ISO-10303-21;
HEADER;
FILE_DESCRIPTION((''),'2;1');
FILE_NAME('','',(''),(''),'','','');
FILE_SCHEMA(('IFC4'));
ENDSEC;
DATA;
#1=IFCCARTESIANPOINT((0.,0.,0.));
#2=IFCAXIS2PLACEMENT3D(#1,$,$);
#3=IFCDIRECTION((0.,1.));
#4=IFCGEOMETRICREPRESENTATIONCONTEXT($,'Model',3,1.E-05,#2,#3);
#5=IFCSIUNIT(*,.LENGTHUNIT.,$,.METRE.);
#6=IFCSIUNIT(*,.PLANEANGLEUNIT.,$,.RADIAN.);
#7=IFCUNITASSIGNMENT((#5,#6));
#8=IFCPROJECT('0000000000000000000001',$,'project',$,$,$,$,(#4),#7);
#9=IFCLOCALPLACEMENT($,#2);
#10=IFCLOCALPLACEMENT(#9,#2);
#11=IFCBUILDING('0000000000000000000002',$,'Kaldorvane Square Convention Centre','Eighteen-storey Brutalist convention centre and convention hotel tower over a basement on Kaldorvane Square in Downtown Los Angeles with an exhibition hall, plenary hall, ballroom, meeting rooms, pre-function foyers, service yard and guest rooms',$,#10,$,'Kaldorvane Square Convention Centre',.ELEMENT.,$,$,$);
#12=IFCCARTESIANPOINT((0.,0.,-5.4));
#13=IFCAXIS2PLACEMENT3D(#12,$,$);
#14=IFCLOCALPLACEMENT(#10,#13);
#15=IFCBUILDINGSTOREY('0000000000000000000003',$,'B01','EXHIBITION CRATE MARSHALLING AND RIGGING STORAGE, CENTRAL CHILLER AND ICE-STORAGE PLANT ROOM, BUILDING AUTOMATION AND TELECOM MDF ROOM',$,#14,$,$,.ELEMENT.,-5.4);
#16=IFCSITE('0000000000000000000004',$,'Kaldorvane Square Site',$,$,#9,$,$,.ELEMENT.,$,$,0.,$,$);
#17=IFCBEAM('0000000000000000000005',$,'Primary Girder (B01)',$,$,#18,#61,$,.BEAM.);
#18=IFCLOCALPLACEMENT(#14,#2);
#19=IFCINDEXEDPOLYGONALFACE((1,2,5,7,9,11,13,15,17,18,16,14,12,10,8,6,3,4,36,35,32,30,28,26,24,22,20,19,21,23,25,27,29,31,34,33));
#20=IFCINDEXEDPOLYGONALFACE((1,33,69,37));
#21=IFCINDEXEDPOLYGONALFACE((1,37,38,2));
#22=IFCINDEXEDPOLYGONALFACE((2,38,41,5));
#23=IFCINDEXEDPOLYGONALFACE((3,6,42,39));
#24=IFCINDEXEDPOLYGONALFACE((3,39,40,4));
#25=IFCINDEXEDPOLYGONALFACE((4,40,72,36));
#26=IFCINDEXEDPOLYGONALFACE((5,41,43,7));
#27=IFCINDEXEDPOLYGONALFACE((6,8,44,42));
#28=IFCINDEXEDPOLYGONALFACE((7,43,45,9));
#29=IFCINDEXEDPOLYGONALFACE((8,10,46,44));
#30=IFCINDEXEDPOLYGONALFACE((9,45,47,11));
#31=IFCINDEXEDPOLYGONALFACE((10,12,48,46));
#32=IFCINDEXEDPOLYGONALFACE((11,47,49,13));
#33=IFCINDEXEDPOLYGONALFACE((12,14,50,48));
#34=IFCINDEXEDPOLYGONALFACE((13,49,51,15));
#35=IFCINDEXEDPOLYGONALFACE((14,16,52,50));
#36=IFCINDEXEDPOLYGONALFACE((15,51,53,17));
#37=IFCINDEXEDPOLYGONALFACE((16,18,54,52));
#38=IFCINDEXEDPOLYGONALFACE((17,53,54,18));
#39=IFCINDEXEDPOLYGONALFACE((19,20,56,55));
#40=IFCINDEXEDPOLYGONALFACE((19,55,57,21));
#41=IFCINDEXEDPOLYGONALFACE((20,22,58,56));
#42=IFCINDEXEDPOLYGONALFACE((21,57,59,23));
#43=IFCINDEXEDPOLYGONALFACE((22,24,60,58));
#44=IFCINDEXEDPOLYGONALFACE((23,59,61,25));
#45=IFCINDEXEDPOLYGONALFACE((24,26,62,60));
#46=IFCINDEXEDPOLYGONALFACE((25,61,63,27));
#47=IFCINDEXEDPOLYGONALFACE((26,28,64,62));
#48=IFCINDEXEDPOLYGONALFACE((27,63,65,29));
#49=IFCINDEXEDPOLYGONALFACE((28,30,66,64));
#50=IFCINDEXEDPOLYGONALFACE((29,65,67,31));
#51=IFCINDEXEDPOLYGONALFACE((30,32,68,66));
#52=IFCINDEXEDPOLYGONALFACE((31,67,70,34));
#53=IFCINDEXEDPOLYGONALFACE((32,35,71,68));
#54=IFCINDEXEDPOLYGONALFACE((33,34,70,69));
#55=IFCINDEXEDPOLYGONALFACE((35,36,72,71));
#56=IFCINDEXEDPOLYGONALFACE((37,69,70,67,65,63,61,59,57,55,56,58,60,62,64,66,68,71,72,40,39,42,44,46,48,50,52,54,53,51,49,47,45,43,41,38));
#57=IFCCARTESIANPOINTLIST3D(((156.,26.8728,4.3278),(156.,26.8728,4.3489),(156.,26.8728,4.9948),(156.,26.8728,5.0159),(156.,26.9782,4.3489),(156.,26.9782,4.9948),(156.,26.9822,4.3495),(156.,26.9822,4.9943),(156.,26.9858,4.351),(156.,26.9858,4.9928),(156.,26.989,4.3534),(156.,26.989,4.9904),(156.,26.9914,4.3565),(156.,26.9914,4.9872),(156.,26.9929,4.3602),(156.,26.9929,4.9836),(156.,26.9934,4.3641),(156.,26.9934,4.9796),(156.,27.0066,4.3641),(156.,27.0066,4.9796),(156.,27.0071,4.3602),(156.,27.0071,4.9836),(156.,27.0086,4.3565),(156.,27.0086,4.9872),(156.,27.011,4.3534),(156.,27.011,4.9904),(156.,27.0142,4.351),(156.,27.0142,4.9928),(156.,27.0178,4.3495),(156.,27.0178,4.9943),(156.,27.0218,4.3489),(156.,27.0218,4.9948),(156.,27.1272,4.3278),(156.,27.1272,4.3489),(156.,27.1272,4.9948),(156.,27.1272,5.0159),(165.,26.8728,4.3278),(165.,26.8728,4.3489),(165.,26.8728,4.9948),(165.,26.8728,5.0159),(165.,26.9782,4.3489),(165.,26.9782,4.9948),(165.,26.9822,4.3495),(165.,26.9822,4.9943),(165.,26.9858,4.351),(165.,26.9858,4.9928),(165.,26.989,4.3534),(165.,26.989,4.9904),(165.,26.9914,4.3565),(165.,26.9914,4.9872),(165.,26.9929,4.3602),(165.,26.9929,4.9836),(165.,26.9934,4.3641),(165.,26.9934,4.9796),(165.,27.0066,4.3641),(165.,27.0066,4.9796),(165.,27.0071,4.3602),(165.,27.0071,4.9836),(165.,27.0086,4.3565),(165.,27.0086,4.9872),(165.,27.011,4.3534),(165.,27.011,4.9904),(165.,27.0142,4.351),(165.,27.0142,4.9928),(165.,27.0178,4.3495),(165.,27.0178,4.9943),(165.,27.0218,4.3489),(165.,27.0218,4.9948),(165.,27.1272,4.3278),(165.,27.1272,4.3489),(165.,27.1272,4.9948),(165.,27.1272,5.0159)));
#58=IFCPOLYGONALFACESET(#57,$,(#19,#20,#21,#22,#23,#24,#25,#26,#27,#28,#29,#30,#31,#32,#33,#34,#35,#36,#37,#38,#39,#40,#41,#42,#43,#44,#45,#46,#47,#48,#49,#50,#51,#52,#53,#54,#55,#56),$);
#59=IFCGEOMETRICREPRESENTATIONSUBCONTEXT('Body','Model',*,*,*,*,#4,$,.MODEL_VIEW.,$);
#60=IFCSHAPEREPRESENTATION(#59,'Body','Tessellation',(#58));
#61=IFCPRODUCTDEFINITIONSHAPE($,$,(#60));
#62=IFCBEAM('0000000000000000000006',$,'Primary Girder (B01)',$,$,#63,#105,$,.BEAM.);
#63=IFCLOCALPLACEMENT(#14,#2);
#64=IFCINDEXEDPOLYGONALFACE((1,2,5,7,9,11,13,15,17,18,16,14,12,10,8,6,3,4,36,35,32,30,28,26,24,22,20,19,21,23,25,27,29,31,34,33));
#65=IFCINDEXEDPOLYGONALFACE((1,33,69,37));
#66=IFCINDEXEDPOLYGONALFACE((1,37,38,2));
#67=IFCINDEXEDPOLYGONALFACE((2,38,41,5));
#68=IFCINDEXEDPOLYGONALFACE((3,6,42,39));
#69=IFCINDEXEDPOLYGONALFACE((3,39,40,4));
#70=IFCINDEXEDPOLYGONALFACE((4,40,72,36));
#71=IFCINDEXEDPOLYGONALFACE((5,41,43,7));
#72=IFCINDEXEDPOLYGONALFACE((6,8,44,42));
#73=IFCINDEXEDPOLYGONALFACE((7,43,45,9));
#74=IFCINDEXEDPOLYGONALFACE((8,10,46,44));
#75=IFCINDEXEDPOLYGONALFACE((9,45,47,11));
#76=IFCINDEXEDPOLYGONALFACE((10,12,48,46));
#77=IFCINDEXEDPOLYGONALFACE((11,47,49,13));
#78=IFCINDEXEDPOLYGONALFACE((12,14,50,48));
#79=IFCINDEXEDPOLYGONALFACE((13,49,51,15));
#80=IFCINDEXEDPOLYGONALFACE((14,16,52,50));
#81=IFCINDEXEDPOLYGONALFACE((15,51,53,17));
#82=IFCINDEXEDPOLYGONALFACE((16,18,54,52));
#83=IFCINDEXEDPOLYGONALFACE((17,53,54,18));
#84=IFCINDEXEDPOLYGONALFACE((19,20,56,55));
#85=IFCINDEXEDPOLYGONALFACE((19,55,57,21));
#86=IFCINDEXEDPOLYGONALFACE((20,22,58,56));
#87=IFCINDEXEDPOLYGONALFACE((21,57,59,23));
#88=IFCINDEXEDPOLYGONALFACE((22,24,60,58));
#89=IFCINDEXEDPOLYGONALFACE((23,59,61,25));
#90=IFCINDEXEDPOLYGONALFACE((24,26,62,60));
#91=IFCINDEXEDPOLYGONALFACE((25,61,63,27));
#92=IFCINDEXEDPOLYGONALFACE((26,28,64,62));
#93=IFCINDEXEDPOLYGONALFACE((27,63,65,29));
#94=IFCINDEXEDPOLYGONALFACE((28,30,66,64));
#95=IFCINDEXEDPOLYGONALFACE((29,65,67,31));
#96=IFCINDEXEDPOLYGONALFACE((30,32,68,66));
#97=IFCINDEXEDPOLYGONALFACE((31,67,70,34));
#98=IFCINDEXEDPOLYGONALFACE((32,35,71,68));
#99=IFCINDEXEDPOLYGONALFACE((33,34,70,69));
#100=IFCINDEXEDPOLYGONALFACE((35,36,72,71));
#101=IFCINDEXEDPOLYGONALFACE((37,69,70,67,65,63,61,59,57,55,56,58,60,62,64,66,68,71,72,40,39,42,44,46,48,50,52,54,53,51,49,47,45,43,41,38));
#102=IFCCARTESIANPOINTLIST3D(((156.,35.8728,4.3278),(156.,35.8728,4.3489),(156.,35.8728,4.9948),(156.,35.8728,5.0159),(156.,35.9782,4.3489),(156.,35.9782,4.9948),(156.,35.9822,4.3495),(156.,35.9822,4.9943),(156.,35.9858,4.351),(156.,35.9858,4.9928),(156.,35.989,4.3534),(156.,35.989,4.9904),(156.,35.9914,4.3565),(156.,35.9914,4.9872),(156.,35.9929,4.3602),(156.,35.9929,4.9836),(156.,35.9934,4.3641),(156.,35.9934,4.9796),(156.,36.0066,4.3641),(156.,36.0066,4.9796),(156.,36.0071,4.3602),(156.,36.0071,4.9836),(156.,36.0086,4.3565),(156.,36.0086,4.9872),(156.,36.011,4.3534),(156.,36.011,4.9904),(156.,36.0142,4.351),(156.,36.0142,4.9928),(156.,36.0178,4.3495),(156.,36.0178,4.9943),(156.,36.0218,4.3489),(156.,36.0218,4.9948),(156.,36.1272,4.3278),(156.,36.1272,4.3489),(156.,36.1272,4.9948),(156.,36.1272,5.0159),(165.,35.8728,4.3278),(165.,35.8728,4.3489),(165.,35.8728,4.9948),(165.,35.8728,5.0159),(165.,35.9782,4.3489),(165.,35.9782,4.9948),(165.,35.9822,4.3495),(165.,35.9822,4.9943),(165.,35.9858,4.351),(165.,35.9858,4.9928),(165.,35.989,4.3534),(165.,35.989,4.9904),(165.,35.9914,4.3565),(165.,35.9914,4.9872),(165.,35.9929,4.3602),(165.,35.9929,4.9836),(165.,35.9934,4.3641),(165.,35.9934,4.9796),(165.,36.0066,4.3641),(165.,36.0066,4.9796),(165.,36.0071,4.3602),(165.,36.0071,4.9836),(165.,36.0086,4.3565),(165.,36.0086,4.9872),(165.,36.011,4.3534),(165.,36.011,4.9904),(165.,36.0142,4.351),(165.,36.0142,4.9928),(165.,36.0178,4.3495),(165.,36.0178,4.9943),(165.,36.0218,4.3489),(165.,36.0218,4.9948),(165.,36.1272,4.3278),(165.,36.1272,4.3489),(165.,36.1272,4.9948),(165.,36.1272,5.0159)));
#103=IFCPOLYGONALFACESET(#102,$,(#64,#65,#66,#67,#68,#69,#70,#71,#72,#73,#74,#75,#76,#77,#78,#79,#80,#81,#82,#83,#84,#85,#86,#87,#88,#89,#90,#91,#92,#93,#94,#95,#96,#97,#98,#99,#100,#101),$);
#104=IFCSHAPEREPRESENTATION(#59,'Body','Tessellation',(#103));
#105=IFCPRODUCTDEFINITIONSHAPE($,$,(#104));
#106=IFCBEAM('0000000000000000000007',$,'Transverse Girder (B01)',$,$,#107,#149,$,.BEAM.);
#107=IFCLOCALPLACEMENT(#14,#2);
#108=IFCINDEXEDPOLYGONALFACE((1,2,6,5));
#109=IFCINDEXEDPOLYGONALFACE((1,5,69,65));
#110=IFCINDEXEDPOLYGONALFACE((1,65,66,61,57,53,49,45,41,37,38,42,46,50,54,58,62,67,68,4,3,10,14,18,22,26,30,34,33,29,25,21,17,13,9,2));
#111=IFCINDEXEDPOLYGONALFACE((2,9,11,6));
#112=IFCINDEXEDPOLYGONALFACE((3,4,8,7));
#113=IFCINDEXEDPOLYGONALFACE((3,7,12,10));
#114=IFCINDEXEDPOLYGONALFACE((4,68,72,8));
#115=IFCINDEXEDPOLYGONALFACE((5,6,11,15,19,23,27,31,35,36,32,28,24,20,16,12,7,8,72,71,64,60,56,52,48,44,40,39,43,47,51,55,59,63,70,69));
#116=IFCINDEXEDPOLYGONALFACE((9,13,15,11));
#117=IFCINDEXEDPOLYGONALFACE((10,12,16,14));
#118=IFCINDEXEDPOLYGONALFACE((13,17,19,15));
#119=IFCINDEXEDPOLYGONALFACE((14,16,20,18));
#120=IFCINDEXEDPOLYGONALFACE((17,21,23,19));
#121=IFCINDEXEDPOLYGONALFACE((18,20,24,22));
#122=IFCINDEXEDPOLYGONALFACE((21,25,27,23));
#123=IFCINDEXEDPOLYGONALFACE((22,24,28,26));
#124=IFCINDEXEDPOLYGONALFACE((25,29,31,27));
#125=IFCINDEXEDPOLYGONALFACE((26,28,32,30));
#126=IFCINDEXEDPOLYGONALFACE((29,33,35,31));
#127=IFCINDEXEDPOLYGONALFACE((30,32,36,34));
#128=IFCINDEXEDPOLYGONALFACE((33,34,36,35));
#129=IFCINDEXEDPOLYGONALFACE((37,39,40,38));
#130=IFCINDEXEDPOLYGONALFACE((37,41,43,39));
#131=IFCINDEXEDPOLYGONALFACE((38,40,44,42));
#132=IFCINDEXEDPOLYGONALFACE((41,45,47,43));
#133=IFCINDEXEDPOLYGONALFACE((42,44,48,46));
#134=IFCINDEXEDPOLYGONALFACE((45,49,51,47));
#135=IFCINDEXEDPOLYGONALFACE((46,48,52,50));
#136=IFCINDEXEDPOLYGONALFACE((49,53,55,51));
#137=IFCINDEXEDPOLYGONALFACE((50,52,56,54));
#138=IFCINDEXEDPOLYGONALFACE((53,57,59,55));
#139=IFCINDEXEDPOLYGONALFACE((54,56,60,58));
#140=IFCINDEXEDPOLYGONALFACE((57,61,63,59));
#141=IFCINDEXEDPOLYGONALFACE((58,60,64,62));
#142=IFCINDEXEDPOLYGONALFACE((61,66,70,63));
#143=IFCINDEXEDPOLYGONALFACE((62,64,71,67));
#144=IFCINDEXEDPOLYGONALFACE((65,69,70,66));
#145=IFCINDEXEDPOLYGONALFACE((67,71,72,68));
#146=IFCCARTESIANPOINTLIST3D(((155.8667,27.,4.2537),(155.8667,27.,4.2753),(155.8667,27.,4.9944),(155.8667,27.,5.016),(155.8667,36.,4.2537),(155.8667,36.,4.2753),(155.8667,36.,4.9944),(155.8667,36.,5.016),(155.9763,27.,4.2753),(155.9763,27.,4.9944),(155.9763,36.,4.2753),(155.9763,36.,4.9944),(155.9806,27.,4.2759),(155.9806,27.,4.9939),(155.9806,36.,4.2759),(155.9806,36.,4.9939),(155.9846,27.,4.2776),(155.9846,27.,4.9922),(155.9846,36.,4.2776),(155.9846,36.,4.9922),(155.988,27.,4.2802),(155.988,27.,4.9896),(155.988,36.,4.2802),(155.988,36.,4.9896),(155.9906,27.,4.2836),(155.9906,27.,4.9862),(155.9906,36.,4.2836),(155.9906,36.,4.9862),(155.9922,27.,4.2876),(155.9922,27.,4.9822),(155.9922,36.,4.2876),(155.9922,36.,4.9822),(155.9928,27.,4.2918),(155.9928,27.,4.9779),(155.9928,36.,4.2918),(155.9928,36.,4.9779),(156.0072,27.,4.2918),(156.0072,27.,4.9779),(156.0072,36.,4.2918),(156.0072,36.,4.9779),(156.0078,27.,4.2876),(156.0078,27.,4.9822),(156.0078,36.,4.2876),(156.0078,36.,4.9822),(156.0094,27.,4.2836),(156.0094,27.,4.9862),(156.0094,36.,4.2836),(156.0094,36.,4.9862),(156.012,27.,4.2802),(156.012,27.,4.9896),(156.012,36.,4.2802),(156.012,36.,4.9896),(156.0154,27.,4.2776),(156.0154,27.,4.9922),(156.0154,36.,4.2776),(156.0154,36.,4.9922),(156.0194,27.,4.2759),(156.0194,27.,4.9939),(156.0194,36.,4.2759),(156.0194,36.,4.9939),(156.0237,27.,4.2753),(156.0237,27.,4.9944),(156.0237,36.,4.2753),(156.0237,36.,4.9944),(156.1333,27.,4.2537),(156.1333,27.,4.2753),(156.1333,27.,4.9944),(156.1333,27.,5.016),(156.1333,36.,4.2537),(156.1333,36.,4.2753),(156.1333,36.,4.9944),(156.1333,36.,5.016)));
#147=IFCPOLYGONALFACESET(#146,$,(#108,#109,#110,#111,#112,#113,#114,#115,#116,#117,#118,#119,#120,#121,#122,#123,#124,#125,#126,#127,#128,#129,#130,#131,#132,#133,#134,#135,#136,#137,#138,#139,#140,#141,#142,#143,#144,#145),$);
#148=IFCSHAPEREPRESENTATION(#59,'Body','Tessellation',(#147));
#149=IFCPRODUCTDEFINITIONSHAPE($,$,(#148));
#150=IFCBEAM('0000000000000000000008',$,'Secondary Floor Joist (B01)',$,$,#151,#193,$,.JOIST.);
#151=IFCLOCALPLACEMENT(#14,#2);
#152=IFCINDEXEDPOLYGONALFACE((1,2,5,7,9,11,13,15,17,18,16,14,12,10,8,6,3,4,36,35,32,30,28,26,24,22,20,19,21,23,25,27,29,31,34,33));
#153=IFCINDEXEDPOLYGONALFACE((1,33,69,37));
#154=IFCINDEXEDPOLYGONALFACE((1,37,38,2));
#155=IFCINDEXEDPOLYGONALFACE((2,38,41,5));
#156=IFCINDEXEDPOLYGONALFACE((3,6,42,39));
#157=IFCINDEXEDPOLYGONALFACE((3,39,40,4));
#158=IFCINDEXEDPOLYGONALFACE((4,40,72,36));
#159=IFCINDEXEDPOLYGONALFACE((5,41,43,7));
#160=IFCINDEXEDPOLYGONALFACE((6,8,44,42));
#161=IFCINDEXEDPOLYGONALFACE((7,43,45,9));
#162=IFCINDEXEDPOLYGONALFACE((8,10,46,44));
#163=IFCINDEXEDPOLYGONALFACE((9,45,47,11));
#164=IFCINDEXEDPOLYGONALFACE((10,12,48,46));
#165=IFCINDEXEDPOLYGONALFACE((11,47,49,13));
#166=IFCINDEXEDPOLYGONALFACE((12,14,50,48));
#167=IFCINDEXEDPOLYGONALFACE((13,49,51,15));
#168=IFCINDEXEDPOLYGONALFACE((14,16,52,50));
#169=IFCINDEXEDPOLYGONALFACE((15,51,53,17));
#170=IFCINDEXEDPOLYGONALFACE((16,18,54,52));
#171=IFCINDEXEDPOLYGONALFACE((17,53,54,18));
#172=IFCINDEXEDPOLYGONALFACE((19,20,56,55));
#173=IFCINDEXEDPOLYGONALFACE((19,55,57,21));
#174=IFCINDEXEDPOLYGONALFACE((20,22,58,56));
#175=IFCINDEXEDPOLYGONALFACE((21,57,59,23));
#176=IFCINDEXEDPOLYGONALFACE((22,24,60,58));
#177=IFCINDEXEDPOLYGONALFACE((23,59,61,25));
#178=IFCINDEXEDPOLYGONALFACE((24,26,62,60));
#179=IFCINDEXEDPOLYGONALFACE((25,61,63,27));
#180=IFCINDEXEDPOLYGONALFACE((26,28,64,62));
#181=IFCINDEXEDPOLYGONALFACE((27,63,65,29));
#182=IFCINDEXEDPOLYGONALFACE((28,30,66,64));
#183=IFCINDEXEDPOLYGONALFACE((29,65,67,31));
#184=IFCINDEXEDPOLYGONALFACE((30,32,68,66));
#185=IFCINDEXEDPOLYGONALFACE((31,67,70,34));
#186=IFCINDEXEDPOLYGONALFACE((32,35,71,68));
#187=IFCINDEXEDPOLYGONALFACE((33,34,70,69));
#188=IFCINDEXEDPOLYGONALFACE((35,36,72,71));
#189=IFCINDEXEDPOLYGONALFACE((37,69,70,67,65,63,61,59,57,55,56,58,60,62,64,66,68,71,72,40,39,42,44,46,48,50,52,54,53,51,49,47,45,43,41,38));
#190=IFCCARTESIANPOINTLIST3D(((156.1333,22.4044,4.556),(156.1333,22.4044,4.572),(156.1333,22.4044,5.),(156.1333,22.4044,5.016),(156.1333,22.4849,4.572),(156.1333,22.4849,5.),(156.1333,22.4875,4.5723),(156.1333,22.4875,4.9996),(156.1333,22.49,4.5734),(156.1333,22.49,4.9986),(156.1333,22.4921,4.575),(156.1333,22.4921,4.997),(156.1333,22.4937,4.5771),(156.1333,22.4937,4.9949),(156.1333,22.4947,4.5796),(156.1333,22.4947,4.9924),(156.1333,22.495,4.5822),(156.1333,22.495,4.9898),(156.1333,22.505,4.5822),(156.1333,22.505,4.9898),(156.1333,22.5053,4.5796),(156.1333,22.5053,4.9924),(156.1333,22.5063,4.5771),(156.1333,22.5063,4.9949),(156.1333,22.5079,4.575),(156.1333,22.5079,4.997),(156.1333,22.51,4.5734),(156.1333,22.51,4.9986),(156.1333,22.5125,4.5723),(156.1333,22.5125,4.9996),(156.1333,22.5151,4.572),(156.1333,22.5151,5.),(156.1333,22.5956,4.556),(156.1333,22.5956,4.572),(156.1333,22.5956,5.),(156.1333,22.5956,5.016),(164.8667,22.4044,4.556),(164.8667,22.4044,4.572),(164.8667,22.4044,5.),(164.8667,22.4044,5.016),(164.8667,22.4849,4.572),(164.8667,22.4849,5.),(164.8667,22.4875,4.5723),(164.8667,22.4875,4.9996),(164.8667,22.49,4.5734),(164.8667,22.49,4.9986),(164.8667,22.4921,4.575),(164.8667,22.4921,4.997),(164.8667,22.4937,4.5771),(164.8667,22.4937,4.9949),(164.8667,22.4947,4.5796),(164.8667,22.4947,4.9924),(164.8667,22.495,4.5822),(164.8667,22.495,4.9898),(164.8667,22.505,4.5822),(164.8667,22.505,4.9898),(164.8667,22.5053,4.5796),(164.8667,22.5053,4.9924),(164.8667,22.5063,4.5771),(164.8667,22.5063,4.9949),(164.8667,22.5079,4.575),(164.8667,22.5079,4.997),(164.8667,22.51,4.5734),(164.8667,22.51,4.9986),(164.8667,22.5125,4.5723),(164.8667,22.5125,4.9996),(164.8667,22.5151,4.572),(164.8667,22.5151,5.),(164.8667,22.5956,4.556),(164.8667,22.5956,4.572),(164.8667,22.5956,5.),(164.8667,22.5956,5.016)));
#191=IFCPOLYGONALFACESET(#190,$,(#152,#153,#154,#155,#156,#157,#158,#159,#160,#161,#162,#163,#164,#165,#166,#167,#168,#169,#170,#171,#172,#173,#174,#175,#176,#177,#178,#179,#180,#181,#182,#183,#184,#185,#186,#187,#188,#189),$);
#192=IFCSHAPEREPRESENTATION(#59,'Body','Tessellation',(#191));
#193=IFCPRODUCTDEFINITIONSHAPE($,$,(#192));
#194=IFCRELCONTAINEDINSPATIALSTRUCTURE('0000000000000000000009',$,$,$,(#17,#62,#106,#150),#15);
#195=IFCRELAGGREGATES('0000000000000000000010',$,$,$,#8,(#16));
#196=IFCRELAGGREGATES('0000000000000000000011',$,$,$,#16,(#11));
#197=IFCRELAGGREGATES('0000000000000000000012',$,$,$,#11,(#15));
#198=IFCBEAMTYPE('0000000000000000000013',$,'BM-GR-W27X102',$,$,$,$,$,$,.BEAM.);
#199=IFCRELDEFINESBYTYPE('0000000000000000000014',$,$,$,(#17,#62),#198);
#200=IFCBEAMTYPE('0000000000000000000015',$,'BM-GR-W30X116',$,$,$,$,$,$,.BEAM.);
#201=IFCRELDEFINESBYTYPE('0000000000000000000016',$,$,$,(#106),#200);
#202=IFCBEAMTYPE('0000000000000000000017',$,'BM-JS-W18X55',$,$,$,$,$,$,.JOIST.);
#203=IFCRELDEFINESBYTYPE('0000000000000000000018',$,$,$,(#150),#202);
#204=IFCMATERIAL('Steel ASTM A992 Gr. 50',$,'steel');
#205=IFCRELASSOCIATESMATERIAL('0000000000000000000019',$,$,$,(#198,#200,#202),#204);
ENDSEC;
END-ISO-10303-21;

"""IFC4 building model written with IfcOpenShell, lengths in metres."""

from ifc_helpers import new_model, si_unit, direction, frame, origin, origin_2d, place, context, subcontext, project, spatial, i_section, extrude, material, material_profile, profile_set, type_object, element, save


model = new_model("IFC4")

# Units and contexts
model_context = context("Model", 3, precision=1e-05, world=origin(), true_north=direction((0.0, 1.0)))
body_context = subcontext(model_context, "Body", "Model", "MODEL_VIEW")
ifc_project = project(units=[si_unit("LENGTHUNIT", "METRE"), si_unit("PLANEANGLEUNIT", "RADIAN")], contexts=[model_context])

# Site, building, storey
site_placement = place(None, origin())
site = spatial("IfcSite", under=ifc_project, at=site_placement, Name="Kaldorvane Square Site", CompositionType="ELEMENT", RefElevation=0.0)
building_placement = place(site_placement, origin())
building = spatial("IfcBuilding", under=site, at=building_placement, Name="Kaldorvane Square Convention Centre", Description="Eighteen-storey Brutalist convention centre and convention hotel tower over a basement on Kaldorvane Square in Downtown Los Angeles with an exhibition hall, plenary hall, ballroom, meeting rooms, pre-function foyers, service yard and guest rooms", LongName="Kaldorvane Square Convention Centre", CompositionType="ELEMENT")
storey_placement = place(building_placement, frame((0.0, 0.0, -5.4)))
storey = spatial("IfcBuildingStorey", under=building, at=storey_placement, Name="B01", Description="EXHIBITION CRATE MARSHALLING AND RIGGING STORAGE, CENTRAL CHILLER AND ICE-STORAGE PLANT ROOM, BUILDING AUTOMATION AND TELECOM MDF ROOM", CompositionType="ELEMENT", Elevation=-5.4)

# Shared definitions
ifc_material_1 = material(Name="Steel ASTM A992 Gr. 50", Category="steel")

# Beams
ifc_material_profile_1 = material_profile(ifc_material_1, i_section(OverallWidth=0.2544, OverallDepth=0.6881, WebThickness=0.0131, FlangeThickness=0.0211, FilletRadius=0.0152, at=origin_2d()), Name="W27X102")
ifc_profile_set_1 = profile_set([ifc_material_profile_1], Name="Steel ASTM A992 Gr. 50")
beam_type_1 = type_object("IfcBeamType", Name="BM-GR-W27X102", PredefinedType="BEAM", material=ifc_profile_set_1)
for number, where, z_axis, x_axis, name in (
    (1, (156.0, 27.0, 4.6719), (1.0, 0.0, 0.0), (0.0, 1.0, 0.0), "Primary Girder (B01)"),
    (2, (156.0, 36.0, 4.6719), (1.0, 0.0, 0.0), (0.0, 1.0, 0.0), "Primary Girder (B01)"),
):
    element("IfcBeam", number, at=place(storey_placement, frame(where, z_axis=z_axis, x_axis=x_axis)), inside=storey, type_object=beam_type_1, Name=name, PredefinedType="BEAM", context=body_context, shape_type="SweptSolid", body=[
        extrude(i_section(OverallWidth=0.2544, OverallDepth=0.6881, WebThickness=0.0131, FlangeThickness=0.0211, FilletRadius=0.0152, at=origin_2d()), origin(), (0.0, 0.0, 1.0), 9.0),
    ])
ifc_material_profile_2 = material_profile(ifc_material_1, i_section(OverallWidth=0.2666, OverallDepth=0.7623, WebThickness=0.0144, FlangeThickness=0.0216, FilletRadius=0.0165, at=origin_2d()), Name="W30X116")
ifc_profile_set_2 = profile_set([ifc_material_profile_2], Name="Steel ASTM A992 Gr. 50")
beam_type_2 = type_object("IfcBeamType", Name="BM-GR-W30X116", PredefinedType="BEAM", material=ifc_profile_set_2)
beam_placement = place(storey_placement, frame((156.0, 27.0, 4.6349), z_axis=(0.0, 1.0, 0.0), x_axis=(-1.0, 0.0, 0.0)))
element("IfcBeam", 3, at=beam_placement, inside=storey, type_object=beam_type_2, Name="Transverse Girder (B01)", PredefinedType="BEAM", context=body_context, shape_type="SweptSolid", body=[
    extrude(i_section(OverallWidth=0.2666, OverallDepth=0.7623, WebThickness=0.0144, FlangeThickness=0.0216, FilletRadius=0.0165, at=origin_2d()), origin(), (0.0, 0.0, 1.0), 9.0),
])
ifc_material_profile_3 = material_profile(ifc_material_1, i_section(OverallWidth=0.1913, OverallDepth=0.46, WebThickness=0.0099, FlangeThickness=0.016, FilletRadius=0.0102, at=origin_2d()), Name="W18X55")
ifc_profile_set_3 = profile_set([ifc_material_profile_3], Name="Steel ASTM A992 Gr. 50")
beam_type_3 = type_object("IfcBeamType", Name="BM-JS-W18X55", PredefinedType="JOIST", material=ifc_profile_set_3)
for number, where, z_axis, x_axis, name in (
    (4, (156.1333, 22.5, 4.786), (1.0, 0.0, 0.0), (0.0, 1.0, 0.0), "Secondary Floor Joist (B01)"),
):
    element("IfcBeam", number, at=place(storey_placement, frame(where, z_axis=z_axis, x_axis=x_axis)), inside=storey, type_object=beam_type_3, Name=name, PredefinedType="JOIST", context=body_context, shape_type="SweptSolid", body=[
        extrude(i_section(OverallWidth=0.1913, OverallDepth=0.46, WebThickness=0.0099, FlangeThickness=0.016, FilletRadius=0.0102, at=origin_2d()), origin(), (0.0, 0.0, 1.0), 8.7334),
    ])

save(model, "model.ifc")
